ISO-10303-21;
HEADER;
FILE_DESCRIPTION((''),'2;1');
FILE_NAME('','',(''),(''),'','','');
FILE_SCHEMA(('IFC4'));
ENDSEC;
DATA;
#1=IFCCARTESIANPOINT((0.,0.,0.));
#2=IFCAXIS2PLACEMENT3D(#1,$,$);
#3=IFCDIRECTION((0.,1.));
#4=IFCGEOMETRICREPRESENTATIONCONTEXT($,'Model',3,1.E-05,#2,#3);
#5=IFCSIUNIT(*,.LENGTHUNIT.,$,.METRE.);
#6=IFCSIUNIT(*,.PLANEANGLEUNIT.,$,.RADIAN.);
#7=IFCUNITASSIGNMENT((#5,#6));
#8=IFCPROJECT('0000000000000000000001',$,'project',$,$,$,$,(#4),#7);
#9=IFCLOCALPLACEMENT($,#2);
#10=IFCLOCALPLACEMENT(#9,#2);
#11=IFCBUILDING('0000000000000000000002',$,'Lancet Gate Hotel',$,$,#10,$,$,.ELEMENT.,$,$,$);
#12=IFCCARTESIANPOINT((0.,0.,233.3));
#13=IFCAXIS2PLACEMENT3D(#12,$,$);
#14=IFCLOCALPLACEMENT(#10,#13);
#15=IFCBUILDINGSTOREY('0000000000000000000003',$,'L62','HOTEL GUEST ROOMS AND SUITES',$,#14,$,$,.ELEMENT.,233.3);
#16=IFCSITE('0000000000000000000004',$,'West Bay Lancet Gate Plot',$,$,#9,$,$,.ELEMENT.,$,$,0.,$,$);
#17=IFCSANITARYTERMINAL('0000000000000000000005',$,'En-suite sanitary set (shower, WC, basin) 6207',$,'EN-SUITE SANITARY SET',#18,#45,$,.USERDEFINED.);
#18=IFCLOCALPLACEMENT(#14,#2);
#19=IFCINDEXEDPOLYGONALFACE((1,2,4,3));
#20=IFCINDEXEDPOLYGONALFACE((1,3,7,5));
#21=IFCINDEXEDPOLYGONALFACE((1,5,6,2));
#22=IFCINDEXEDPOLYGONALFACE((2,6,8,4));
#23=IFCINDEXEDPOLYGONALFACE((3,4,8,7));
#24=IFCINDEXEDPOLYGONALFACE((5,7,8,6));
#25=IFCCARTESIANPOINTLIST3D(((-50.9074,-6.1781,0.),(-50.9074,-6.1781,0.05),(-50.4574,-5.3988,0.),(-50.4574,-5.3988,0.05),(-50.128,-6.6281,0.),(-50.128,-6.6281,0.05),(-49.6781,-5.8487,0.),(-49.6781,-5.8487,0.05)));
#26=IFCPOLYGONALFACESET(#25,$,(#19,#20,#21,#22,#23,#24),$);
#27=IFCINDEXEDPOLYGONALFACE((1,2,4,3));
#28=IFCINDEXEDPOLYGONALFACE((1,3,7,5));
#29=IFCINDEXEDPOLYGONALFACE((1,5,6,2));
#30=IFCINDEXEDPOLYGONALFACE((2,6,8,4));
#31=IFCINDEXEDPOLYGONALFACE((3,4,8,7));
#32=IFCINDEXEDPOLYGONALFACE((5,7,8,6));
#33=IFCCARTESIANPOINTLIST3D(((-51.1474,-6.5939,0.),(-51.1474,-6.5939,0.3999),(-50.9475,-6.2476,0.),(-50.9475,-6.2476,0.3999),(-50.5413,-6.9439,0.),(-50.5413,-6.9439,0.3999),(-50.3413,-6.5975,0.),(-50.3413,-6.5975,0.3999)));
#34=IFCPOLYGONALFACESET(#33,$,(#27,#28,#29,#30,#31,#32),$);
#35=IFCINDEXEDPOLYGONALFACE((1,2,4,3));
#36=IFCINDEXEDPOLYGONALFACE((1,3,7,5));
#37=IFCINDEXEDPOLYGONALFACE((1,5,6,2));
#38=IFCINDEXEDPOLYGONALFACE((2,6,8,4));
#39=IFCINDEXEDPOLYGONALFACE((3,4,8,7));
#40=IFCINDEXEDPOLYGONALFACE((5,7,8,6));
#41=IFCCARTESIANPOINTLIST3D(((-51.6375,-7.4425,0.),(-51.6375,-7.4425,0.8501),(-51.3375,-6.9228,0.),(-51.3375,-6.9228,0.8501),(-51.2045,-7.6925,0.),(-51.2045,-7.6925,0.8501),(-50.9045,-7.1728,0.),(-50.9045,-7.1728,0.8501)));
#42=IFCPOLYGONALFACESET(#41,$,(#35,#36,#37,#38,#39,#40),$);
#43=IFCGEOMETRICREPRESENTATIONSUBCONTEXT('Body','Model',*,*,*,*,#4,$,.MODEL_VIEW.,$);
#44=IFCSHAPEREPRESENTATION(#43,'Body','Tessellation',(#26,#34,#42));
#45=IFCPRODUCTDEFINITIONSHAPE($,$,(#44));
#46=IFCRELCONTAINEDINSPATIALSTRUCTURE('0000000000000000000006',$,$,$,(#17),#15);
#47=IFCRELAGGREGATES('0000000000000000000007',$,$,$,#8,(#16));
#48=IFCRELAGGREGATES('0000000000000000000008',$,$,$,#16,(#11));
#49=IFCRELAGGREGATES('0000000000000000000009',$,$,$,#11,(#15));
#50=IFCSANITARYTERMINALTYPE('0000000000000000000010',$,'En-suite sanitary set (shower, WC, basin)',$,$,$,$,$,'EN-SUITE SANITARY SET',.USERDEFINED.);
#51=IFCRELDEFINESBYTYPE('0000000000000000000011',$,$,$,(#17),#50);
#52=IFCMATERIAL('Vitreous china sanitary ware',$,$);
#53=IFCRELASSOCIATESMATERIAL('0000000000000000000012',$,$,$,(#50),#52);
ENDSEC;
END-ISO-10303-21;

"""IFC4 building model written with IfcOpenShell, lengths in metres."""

from ifc_helpers import new_model, si_unit, direction, frame, origin, origin_2d, place, context, subcontext, project, spatial, rectangle, extrude, material, type_object, element, save


model = new_model("IFC4")

# Units and contexts
model_context = context("Model", 3, precision=1e-05, world=origin(), true_north=direction((0.0, 1.0)))
body_context = subcontext(model_context, "Body", "Model", "MODEL_VIEW")
ifc_project = project(units=[si_unit("LENGTHUNIT", "METRE"), si_unit("PLANEANGLEUNIT", "RADIAN")], contexts=[model_context])

# Site, building, storey
site_placement = place(None, origin())
site = spatial("IfcSite", under=ifc_project, at=site_placement, Name="West Bay Lancet Gate Plot", CompositionType="ELEMENT", RefElevation=0.0)
building_placement = place(site_placement, origin())
building = spatial("IfcBuilding", under=site, at=building_placement, Name="Lancet Gate Hotel", CompositionType="ELEMENT")
storey_placement = place(building_placement, frame((0.0, 0.0, 233.3)))
storey = spatial("IfcBuildingStorey", under=building, at=storey_placement, Name="L62", Description="HOTEL GUEST ROOMS AND SUITES", CompositionType="ELEMENT", Elevation=233.3)

# Sanitary terminal
ifc_material_1 = material(Name="Vitreous china sanitary ware")
sanitary_terminal_type = type_object("IfcSanitaryTerminalType", Name="En-suite sanitary set (shower, WC, basin)", ElementType="EN-SUITE SANITARY SET", PredefinedType="USERDEFINED", material=ifc_material_1)
sanitary_terminal_1_placement = place(storey_placement, frame((-50.2927, -6.0134, 0.0), z_axis=(0.0, 0.0, 1.0), x_axis=(1.0, 0.0, 0.0)))
element("IfcSanitaryTerminal", 1, at=sanitary_terminal_1_placement, inside=storey, type_object=sanitary_terminal_type, Name="En-suite sanitary set (shower, WC, basin) 6207", ObjectType="EN-SUITE SANITARY SET", PredefinedType="USERDEFINED", context=body_context, shape_type="SweptSolid", body=[
    extrude(rectangle(XDim=0.8999, YDim=0.8999, at=origin_2d()), frame((0.0, 0.0, 0.0), z_axis=(0.0, 0.0, 1.0), x_axis=(0.5, 0.866025, 0.0)), (0.0, 0.0, 1.0), 0.05),
    extrude(rectangle(XDim=0.3999, YDim=0.7, at=origin_2d()), frame((-0.4517, -0.5823, 0.0), z_axis=(0.0, 0.0, 1.0), x_axis=(0.5, 0.866025, 0.0)), (0.0, 0.0, 1.0), 0.3999),
    extrude(rectangle(XDim=0.6001, YDim=0.5, at=origin_2d()), frame((-0.9783, -1.2942, 0.0), z_axis=(0.0, 0.0, 1.0), x_axis=(0.5, 0.866025, 0.0)), (0.0, 0.0, 1.0), 0.8501),
])

save(model, "model.ifc")
